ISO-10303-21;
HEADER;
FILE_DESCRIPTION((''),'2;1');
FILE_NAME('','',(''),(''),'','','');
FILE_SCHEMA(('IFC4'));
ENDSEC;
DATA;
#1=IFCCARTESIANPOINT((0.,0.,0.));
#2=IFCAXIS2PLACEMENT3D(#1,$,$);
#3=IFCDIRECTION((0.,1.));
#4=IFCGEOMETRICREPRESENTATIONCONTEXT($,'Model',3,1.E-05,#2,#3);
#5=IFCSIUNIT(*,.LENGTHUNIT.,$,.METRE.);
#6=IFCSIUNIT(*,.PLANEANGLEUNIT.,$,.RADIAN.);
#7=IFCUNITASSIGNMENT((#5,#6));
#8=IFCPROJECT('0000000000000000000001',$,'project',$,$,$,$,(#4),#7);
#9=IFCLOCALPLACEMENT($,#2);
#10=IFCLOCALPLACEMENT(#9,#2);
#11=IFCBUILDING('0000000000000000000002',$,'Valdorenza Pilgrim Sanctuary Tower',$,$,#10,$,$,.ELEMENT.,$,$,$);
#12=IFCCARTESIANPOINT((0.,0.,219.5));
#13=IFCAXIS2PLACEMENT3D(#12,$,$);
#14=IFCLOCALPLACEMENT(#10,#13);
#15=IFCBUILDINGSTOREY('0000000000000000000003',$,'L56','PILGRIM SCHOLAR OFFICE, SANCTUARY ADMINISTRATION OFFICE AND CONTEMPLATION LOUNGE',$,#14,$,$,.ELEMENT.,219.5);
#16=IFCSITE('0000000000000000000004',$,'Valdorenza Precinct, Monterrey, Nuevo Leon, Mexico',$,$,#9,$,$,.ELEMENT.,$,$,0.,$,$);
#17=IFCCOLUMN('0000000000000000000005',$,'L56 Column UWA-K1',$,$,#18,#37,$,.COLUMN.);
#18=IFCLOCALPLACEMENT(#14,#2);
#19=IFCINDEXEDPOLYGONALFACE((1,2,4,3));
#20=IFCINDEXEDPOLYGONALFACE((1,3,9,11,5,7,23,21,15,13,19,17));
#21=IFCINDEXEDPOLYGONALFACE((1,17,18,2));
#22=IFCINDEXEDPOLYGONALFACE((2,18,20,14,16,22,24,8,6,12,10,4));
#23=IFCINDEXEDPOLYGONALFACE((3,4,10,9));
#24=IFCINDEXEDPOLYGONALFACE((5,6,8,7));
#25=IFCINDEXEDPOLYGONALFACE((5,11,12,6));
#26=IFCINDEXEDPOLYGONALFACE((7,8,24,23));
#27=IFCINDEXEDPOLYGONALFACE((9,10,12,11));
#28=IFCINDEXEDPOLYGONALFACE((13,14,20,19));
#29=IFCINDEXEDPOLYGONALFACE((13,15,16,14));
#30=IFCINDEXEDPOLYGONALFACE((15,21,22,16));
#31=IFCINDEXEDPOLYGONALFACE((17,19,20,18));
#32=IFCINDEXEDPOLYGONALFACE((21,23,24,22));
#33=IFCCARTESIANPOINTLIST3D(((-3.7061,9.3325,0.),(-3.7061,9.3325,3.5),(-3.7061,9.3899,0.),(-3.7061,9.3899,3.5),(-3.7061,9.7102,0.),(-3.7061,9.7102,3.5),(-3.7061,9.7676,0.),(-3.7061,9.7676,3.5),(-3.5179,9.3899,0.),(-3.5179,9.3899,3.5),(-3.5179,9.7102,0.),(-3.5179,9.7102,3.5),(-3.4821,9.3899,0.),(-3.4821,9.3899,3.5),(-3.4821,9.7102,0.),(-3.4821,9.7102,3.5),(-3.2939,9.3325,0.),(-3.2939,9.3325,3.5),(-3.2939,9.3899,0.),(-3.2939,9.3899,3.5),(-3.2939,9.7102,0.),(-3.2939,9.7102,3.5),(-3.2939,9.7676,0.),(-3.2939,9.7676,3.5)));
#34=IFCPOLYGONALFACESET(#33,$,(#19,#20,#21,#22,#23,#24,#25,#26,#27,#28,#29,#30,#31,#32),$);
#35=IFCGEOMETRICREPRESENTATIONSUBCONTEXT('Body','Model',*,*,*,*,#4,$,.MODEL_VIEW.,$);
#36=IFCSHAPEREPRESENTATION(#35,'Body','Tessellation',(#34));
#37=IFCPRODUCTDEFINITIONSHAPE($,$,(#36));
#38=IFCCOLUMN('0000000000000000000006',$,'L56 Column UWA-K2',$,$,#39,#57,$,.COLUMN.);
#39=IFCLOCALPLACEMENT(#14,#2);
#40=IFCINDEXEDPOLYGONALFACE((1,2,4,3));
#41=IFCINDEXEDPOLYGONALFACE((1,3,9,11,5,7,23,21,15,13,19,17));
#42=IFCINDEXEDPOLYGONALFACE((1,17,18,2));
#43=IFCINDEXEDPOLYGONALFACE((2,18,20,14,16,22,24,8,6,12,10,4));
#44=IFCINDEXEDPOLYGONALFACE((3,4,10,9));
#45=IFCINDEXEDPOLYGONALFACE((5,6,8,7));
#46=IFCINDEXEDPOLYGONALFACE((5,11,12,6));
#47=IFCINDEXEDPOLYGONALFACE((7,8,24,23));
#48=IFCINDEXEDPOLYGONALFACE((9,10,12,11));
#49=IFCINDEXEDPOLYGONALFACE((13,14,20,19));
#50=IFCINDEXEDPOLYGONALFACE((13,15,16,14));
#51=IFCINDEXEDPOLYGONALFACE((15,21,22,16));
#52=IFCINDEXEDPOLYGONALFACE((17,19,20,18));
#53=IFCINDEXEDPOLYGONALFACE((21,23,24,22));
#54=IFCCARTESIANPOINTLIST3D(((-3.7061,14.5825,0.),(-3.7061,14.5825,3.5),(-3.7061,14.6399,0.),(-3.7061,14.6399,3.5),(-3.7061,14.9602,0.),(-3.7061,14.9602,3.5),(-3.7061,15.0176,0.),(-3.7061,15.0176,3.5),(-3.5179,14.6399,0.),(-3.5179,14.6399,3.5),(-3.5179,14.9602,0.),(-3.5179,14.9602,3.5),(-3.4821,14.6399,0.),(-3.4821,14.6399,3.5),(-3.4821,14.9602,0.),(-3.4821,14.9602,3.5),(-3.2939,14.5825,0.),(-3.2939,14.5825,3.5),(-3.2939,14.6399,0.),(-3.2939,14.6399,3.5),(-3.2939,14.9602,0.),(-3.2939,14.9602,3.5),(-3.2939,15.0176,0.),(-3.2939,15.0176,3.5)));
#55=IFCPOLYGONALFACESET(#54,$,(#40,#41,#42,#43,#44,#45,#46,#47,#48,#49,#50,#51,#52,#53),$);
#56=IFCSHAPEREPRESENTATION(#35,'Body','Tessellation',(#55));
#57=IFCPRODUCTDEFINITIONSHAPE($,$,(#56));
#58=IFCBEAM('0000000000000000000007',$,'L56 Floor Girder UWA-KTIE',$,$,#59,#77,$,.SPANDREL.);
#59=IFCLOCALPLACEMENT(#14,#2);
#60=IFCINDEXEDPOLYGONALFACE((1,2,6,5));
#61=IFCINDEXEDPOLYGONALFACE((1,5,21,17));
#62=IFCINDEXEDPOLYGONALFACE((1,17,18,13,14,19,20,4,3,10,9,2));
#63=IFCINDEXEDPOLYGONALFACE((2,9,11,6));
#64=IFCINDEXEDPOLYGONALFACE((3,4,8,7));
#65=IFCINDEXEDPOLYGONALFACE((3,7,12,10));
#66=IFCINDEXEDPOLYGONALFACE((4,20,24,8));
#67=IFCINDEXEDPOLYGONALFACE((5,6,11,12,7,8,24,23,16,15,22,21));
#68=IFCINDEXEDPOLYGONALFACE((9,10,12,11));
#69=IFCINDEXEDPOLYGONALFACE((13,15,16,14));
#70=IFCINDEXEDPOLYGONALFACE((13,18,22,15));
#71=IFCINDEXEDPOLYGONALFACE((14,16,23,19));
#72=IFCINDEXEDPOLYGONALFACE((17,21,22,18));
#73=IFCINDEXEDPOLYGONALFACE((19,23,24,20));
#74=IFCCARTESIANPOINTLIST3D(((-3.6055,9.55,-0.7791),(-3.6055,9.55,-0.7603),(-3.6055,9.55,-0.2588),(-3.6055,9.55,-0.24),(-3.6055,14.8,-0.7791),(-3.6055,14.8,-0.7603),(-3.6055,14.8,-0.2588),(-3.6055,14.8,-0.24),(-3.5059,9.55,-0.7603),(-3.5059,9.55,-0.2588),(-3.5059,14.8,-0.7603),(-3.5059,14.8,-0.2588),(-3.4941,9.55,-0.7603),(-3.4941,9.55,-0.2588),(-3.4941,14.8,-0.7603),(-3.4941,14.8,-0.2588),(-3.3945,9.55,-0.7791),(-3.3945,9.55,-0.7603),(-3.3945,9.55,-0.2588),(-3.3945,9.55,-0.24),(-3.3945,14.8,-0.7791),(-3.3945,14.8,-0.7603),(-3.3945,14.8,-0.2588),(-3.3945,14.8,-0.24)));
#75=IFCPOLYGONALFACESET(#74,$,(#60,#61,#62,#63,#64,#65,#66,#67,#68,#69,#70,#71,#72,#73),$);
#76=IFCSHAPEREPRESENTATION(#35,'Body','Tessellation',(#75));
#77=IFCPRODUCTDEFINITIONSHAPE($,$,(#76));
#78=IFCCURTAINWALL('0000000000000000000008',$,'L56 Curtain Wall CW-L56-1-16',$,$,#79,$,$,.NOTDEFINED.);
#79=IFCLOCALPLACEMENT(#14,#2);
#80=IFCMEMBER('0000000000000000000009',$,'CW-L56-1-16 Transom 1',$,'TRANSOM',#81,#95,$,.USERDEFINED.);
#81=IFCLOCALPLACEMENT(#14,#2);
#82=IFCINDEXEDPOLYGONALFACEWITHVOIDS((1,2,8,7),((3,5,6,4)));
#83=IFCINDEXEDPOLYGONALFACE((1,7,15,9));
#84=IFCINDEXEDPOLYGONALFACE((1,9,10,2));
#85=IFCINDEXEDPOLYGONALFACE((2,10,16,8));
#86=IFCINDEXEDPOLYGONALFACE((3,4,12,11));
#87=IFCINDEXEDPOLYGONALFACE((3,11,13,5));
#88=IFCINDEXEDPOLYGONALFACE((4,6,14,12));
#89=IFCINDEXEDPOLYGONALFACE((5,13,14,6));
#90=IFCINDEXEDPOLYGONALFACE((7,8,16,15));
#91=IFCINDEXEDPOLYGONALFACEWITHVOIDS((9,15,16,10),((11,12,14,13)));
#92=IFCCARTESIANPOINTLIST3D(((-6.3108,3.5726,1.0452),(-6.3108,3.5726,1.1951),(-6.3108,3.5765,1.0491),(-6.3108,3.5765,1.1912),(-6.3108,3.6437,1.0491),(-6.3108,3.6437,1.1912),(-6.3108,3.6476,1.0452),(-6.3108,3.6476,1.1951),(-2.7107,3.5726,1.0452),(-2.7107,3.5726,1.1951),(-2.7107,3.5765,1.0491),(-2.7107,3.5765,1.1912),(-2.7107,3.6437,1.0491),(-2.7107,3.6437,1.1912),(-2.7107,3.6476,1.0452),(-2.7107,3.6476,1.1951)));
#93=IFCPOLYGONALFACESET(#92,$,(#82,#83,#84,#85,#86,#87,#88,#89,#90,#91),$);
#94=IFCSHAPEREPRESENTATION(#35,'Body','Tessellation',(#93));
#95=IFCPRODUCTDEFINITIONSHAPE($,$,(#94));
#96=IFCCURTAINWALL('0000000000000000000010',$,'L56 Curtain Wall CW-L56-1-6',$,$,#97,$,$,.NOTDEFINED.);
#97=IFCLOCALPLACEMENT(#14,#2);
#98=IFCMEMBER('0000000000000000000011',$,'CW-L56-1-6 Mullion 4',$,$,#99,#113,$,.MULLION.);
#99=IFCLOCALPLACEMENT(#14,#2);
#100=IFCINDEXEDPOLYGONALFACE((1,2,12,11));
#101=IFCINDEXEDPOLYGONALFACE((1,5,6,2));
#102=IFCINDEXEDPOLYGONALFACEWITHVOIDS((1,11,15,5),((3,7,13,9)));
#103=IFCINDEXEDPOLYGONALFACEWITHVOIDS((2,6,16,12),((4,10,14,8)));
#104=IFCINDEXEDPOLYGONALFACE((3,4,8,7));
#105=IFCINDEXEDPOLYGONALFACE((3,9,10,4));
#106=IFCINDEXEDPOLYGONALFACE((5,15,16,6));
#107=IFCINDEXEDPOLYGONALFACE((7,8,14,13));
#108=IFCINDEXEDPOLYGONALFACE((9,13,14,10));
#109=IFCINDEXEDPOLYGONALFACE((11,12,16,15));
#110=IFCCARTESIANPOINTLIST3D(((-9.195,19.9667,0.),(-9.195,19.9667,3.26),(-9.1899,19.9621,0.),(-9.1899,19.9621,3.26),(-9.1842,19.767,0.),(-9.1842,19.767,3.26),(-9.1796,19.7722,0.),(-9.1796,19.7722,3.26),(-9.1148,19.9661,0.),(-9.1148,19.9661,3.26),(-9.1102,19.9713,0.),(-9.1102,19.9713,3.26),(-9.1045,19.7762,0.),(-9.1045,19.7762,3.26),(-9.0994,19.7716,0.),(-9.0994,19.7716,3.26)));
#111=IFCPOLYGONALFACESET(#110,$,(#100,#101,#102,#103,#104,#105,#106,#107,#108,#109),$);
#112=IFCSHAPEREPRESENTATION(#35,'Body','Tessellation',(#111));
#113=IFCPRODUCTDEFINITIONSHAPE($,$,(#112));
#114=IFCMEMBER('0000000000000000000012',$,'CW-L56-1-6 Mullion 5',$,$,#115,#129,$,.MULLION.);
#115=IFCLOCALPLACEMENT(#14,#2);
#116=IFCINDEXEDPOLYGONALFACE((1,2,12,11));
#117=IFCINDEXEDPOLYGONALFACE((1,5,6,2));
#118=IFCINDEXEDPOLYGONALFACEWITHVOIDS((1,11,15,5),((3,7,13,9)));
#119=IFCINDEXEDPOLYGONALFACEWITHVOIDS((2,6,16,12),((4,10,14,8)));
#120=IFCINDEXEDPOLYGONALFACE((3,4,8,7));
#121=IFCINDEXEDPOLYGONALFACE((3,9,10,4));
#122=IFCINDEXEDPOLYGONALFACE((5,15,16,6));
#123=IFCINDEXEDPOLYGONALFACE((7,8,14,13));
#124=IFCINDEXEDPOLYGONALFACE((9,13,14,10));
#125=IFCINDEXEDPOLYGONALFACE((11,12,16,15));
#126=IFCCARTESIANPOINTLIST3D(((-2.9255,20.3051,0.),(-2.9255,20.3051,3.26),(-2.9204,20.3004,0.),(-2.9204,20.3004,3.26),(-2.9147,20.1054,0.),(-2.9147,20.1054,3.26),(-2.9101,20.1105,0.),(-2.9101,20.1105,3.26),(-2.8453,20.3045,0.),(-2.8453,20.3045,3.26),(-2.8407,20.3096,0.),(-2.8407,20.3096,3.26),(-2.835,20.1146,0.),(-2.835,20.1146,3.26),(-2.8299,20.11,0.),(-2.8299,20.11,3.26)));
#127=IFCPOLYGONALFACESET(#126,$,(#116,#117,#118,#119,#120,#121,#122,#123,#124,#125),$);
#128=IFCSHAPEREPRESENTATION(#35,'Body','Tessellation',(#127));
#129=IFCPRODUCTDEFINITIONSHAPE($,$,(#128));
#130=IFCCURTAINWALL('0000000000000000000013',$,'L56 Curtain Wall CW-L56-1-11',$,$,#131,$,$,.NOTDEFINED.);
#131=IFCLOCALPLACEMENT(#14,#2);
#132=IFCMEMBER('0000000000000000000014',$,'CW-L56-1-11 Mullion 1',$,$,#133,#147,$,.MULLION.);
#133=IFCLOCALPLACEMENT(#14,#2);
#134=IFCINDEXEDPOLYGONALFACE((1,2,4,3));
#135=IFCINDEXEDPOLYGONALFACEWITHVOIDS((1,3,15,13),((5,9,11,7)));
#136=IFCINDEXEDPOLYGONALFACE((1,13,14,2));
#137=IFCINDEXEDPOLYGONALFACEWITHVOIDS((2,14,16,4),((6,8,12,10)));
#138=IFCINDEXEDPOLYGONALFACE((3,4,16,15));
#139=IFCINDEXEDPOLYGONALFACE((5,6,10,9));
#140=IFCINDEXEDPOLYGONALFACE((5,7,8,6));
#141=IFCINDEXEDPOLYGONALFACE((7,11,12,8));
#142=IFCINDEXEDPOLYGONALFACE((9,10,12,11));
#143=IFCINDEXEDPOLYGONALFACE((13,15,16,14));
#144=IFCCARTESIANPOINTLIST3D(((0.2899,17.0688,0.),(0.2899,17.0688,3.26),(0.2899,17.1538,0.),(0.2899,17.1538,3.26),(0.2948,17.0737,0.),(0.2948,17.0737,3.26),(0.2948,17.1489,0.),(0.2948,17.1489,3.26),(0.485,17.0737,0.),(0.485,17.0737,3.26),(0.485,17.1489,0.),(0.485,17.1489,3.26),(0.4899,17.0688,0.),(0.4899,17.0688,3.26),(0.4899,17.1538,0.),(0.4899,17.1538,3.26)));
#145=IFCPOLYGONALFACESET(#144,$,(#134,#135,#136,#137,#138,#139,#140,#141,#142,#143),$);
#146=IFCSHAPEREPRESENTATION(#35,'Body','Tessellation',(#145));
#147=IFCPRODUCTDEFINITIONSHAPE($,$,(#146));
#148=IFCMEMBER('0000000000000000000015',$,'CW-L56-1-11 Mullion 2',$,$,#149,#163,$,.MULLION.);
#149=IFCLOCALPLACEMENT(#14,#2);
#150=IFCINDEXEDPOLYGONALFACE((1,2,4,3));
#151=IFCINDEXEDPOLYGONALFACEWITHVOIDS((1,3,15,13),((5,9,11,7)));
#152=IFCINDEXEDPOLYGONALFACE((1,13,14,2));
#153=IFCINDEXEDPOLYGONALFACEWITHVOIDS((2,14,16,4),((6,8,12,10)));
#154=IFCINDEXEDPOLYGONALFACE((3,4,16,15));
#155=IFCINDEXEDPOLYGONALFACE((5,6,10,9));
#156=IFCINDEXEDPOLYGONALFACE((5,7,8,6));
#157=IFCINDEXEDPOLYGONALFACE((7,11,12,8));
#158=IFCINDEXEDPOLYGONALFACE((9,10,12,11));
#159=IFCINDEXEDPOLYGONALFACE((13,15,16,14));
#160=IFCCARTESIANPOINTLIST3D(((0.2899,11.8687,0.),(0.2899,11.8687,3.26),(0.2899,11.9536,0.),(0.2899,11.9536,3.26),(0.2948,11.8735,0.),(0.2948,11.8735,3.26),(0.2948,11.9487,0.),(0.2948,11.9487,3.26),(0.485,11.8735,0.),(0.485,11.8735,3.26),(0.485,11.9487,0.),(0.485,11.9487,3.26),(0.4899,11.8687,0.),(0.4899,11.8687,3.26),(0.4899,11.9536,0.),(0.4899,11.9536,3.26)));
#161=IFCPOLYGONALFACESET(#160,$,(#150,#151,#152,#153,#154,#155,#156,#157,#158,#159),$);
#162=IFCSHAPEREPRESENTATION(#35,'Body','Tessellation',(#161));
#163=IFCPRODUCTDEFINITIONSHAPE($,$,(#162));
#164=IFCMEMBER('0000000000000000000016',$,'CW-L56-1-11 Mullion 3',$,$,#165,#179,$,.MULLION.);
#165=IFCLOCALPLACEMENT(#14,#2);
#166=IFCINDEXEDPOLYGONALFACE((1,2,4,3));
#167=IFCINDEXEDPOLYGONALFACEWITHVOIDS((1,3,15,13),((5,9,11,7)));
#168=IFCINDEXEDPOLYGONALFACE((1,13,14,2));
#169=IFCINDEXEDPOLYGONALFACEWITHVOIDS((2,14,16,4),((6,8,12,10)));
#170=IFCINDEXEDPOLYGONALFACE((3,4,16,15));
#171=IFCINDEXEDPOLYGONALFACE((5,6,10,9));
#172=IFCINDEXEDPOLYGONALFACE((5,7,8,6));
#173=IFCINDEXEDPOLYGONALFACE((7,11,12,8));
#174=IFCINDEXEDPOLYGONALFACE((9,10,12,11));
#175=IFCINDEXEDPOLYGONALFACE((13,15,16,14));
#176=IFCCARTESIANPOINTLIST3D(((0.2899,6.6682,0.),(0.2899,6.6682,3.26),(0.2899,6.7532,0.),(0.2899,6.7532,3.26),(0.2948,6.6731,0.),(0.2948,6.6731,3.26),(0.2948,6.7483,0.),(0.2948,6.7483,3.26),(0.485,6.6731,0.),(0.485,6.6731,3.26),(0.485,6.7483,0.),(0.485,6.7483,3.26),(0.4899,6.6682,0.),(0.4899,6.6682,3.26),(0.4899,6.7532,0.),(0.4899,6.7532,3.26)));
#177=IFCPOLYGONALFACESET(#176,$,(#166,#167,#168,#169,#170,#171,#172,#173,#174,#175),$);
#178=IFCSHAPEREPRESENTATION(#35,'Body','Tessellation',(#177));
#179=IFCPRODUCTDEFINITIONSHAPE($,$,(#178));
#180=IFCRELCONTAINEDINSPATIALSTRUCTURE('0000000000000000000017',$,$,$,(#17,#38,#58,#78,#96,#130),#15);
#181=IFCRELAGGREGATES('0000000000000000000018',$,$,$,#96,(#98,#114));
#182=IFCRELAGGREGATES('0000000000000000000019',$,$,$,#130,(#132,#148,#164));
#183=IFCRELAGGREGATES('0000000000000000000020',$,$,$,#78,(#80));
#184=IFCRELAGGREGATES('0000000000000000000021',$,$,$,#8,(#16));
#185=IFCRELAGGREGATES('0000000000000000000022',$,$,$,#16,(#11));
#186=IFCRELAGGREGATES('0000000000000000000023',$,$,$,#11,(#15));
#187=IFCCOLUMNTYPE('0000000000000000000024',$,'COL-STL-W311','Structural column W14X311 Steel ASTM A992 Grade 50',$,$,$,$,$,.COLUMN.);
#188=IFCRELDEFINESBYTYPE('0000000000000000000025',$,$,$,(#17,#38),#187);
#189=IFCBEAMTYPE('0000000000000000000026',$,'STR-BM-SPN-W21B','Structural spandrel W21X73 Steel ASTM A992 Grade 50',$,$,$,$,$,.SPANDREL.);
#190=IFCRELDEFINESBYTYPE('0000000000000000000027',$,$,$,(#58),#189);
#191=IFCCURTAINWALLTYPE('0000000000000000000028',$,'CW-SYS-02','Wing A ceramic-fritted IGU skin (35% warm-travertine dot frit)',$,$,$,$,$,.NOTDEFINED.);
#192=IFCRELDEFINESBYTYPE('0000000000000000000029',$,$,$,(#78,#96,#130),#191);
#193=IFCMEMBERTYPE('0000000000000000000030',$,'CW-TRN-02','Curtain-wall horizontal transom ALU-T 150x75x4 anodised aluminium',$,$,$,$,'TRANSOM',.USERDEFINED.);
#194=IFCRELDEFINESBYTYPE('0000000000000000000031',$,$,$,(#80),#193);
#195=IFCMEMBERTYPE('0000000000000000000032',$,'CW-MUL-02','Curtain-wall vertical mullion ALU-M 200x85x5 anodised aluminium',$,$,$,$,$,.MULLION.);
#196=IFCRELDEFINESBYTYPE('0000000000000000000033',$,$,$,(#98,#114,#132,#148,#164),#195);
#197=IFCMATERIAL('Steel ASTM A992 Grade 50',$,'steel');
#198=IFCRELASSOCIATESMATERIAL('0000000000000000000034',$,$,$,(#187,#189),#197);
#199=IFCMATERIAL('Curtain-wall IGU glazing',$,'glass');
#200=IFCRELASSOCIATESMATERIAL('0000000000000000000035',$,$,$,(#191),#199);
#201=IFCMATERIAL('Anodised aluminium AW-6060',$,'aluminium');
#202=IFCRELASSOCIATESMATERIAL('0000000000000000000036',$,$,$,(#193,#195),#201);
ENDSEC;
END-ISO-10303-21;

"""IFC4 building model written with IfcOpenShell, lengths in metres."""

from ifc_helpers import new_model, si_unit, direction, frame, origin, origin_2d, place, context, subcontext, project, spatial, hollow_rectangle, i_section, extrude, source, transform, mapped, material, material_profile, profile_set, type_object, element, aggregate, save


model = new_model("IFC4")

# Units and contexts
model_context = context("Model", 3, precision=1e-05, world=origin(), true_north=direction((0.0, 1.0)))
body_context = subcontext(model_context, "Body", "Model", "MODEL_VIEW")
ifc_project = project(units=[si_unit("LENGTHUNIT", "METRE"), si_unit("PLANEANGLEUNIT", "RADIAN")], contexts=[model_context])

# Site, building, storey
site_placement = place(None, origin())
site = spatial("IfcSite", under=ifc_project, at=site_placement, Name="Valdorenza Precinct, Monterrey, Nuevo Leon, Mexico", CompositionType="ELEMENT", RefElevation=0.0)
building_placement = place(site_placement, origin())
building = spatial("IfcBuilding", under=site, at=building_placement, Name="Valdorenza Pilgrim Sanctuary Tower", CompositionType="ELEMENT")
storey_placement = place(building_placement, frame((0.0, 0.0, 219.5)))
storey = spatial("IfcBuildingStorey", under=building, at=storey_placement, Name="L56", Description="PILGRIM SCHOLAR OFFICE, SANCTUARY ADMINISTRATION OFFICE AND CONTEMPLATION LOUNGE", CompositionType="ELEMENT", Elevation=219.5)

# Columns
ifc_material_1 = material(Name="Steel ASTM A992 Grade 50", Category="steel")
ifc_material_profile_1 = material_profile(ifc_material_1, i_section(OverallWidth=0.4121, OverallDepth=0.4351, WebThickness=0.0359, FlangeThickness=0.0574, at=origin_2d()), Name="W14X311")
ifc_profile_set_1 = profile_set([ifc_material_profile_1], Name="Steel ASTM A992 Grade 50")
column_type = type_object("IfcColumnType", Name="COL-STL-W311", Description="Structural column W14X311 Steel ASTM A992 Grade 50", PredefinedType="COLUMN", material=ifc_profile_set_1)
shared_shape_1 = source(origin(), body_context, "Body", "SweptSolid", [
    extrude(i_section(OverallWidth=0.4121, OverallDepth=0.4351, WebThickness=0.0359, FlangeThickness=0.0574, at=origin_2d()), origin(), (0.0, 0.0, 1.0), 3.5),
])
for number, where, z_axis, x_axis, name in (
    (1, (-3.5, 9.55, 0.0), (0.0, 0.0, 1.0), (1.0, 0.0, 0.0), "L56 Column UWA-K1"),
    (2, (-3.5, 14.8, 0.0), (0.0, 0.0, 1.0), (1.0, 0.0, 0.0), "L56 Column UWA-K2"),
):
    element("IfcColumn", number, at=place(storey_placement, frame(where, z_axis=z_axis, x_axis=x_axis)), inside=storey, type_object=column_type, Name=name, PredefinedType="COLUMN", context=body_context, shape_type="MappedRepresentation", body=[
        mapped(shared_shape_1, transform((0.0, 0.0, 0.0), x_axis=(1.0, 0.0, 0.0), y_axis=(0.0, 1.0, 0.0), z_axis=(0.0, 0.0, 1.0), scale=1.0)),
    ])

# Beam
ifc_material_profile_2 = material_profile(ifc_material_1, i_section(OverallWidth=0.2109, OverallDepth=0.5391, WebThickness=0.0117, FlangeThickness=0.0188, at=origin_2d()), Name="W21X73")
ifc_profile_set_2 = profile_set([ifc_material_profile_2], Name="Steel ASTM A992 Grade 50")
beam_type = type_object("IfcBeamType", Name="STR-BM-SPN-W21B", Description="Structural spandrel W21X73 Steel ASTM A992 Grade 50", PredefinedType="SPANDREL", material=ifc_profile_set_2)
shared_shape_2 = source(origin(), body_context, "Body", "SweptSolid", [
    extrude(i_section(OverallWidth=0.2109, OverallDepth=0.5391, WebThickness=0.0117, FlangeThickness=0.0188, at=origin_2d()), origin(), (0.0, 0.0, 1.0), 5.25),
])
beam_placement = place(storey_placement, frame((-3.5, 9.55, -0.5095), z_axis=(0.0, 1.0, 0.0), x_axis=(-1.0, 0.0, 0.0)))
element("IfcBeam", 3, at=beam_placement, inside=storey, type_object=beam_type, Name="L56 Floor Girder UWA-KTIE", PredefinedType="SPANDREL", context=body_context, shape_type="MappedRepresentation", body=[
    mapped(shared_shape_2, transform((0.0, 0.0, 0.0), x_axis=(1.0, 0.0, 0.0), y_axis=(0.0, 1.0, 0.0), z_axis=(0.0, 0.0, 1.0), scale=1.0)),
])

# Curtain wall, member
ifc_material_2 = material(Name="Curtain-wall IGU glazing", Category="glass")
curtain_wall_type = type_object("IfcCurtainWallType", Name="CW-SYS-02", Description="Wing A ceramic-fritted IGU skin (35% warm-travertine dot frit)", PredefinedType="NOTDEFINED", material=ifc_material_2)
curtain_wall_1_placement = place(storey_placement, origin())
curtain_wall_1 = element("IfcCurtainWall", 4, at=curtain_wall_1_placement, inside=storey, type_object=curtain_wall_type, Name="L56 Curtain Wall CW-L56-1-16", PredefinedType="NOTDEFINED")
ifc_material_3 = material(Name="Anodised aluminium AW-6060", Category="aluminium")
ifc_material_profile_3 = material_profile(ifc_material_3, hollow_rectangle(XDim=0.075, YDim=0.1499, WallThickness=0.0039, at=origin_2d()), Name="ALU-T 150x75x4")
ifc_profile_set_3 = profile_set([ifc_material_profile_3], Name="Anodised aluminium AW-6060")
member_type_1 = type_object("IfcMemberType", Name="CW-TRN-02", Description="Curtain-wall horizontal transom ALU-T 150x75x4 anodised aluminium", ElementType="TRANSOM", PredefinedType="USERDEFINED", material=ifc_profile_set_3)
shared_shape_3 = source(origin(), body_context, "Body", "SweptSolid", [
    extrude(hollow_rectangle(XDim=0.075, YDim=0.1499, WallThickness=0.0039, at=origin_2d()), origin(), (0.0, 0.0, 1.0), 3.6001),
])
member_1_placement = place(storey_placement, frame((-2.7107, 3.6101, 1.1201), z_axis=(-1.0, 0.0, 0.0), x_axis=(0.0, -1.0, 0.0)))
member_1 = element("IfcMember", 5, at=member_1_placement, type_object=member_type_1, Name="CW-L56-1-16 Transom 1", ObjectType="TRANSOM", PredefinedType="USERDEFINED", context=body_context, shape_type="MappedRepresentation", body=[
    mapped(shared_shape_3, transform((0.0, 0.0, 0.0), x_axis=(1.0, 0.0, 0.0), y_axis=(0.0, 1.0, 0.0), z_axis=(0.0, 0.0, 1.0), scale=1.0)),
])

# Curtain walls, members
curtain_wall_2_placement = place(storey_placement, origin())
curtain_wall_2 = element("IfcCurtainWall", 6, at=curtain_wall_2_placement, inside=storey, type_object=curtain_wall_type, Name="L56 Curtain Wall CW-L56-1-6", PredefinedType="NOTDEFINED")
ifc_material_profile_4 = material_profile(ifc_material_3, hollow_rectangle(XDim=0.085, YDim=0.2, WallThickness=0.0049, at=origin_2d()), Name="ALU-M 200x85x5")
ifc_profile_set_4 = profile_set([ifc_material_profile_4], Name="Anodised aluminium AW-6060")
member_type_2 = type_object("IfcMemberType", Name="CW-MUL-02", Description="Curtain-wall vertical mullion ALU-M 200x85x5 anodised aluminium", PredefinedType="MULLION", material=ifc_profile_set_4)
shared_shape_4 = source(origin(), body_context, "Body", "SweptSolid", [
    extrude(hollow_rectangle(XDim=0.085, YDim=0.2, WallThickness=0.0049, at=origin_2d()), origin(), (0.0, 0.0, 1.0), 3.26),
])
member_2_placement = place(storey_placement, frame((-9.1472, 19.8691, 0.0), z_axis=(0.0, 0.0, 1.0), x_axis=(0.998547, 0.053887, 0.0)))
member_2 = element("IfcMember", 7, at=member_2_placement, type_object=member_type_2, Name="CW-L56-1-6 Mullion 4", PredefinedType="MULLION", context=body_context, shape_type="MappedRepresentation", body=[
    mapped(shared_shape_4, transform((0.0, 0.0, 0.0), x_axis=(1.0, 0.0, 0.0), y_axis=(0.0, 1.0, 0.0), z_axis=(0.0, 0.0, 1.0), scale=1.0)),
])
member_3_placement = place(storey_placement, frame((-2.8777, 20.2075, 0.0), z_axis=(0.0, 0.0, 1.0), x_axis=(0.998547, 0.053887, 0.0)))
member_3 = element("IfcMember", 8, at=member_3_placement, type_object=member_type_2, Name="CW-L56-1-6 Mullion 5", PredefinedType="MULLION", context=body_context, shape_type="MappedRepresentation", body=[
    mapped(shared_shape_4, transform((0.0, 0.0, 0.0), x_axis=(1.0, 0.0, 0.0), y_axis=(0.0, 1.0, 0.0), z_axis=(0.0, 0.0, 1.0), scale=1.0)),
])
curtain_wall_3_placement = place(storey_placement, origin())
curtain_wall_3 = element("IfcCurtainWall", 9, at=curtain_wall_3_placement, inside=storey, type_object=curtain_wall_type, Name="L56 Curtain Wall CW-L56-1-11", PredefinedType="NOTDEFINED")
member_4_placement = place(storey_placement, frame((0.3899, 17.1113, 0.0), z_axis=(0.0, 0.0, 1.0), x_axis=(0.0, -1.0, 0.0)))
member_4 = element("IfcMember", 10, at=member_4_placement, type_object=member_type_2, Name="CW-L56-1-11 Mullion 1", PredefinedType="MULLION", context=body_context, shape_type="MappedRepresentation", body=[
    mapped(shared_shape_4, transform((0.0, 0.0, 0.0), x_axis=(1.0, 0.0, 0.0), y_axis=(0.0, 1.0, 0.0), z_axis=(0.0, 0.0, 1.0), scale=1.0)),
])
member_5_placement = place(storey_placement, frame((0.3899, 11.9111, 0.0), z_axis=(0.0, 0.0, 1.0), x_axis=(0.0, -1.0, 0.0)))
member_5 = element("IfcMember", 11, at=member_5_placement, type_object=member_type_2, Name="CW-L56-1-11 Mullion 2", PredefinedType="MULLION", context=body_context, shape_type="MappedRepresentation", body=[
    mapped(shared_shape_4, transform((0.0, 0.0, 0.0), x_axis=(1.0, 0.0, 0.0), y_axis=(0.0, 1.0, 0.0), z_axis=(0.0, 0.0, 1.0), scale=1.0)),
])
member_6_placement = place(storey_placement, frame((0.3899, 6.7107, 0.0), z_axis=(0.0, 0.0, 1.0), x_axis=(0.0, -1.0, 0.0)))
member_6 = element("IfcMember", 12, at=member_6_placement, type_object=member_type_2, Name="CW-L56-1-11 Mullion 3", PredefinedType="MULLION", context=body_context, shape_type="MappedRepresentation", body=[
    mapped(shared_shape_4, transform((0.0, 0.0, 0.0), x_axis=(1.0, 0.0, 0.0), y_axis=(0.0, 1.0, 0.0), z_axis=(0.0, 0.0, 1.0), scale=1.0)),
])

aggregate(curtain_wall_2, [member_2, member_3])
aggregate(curtain_wall_3, [member_4, member_5, member_6])
aggregate(curtain_wall_1, [member_1])

save(model, "model.ifc")
